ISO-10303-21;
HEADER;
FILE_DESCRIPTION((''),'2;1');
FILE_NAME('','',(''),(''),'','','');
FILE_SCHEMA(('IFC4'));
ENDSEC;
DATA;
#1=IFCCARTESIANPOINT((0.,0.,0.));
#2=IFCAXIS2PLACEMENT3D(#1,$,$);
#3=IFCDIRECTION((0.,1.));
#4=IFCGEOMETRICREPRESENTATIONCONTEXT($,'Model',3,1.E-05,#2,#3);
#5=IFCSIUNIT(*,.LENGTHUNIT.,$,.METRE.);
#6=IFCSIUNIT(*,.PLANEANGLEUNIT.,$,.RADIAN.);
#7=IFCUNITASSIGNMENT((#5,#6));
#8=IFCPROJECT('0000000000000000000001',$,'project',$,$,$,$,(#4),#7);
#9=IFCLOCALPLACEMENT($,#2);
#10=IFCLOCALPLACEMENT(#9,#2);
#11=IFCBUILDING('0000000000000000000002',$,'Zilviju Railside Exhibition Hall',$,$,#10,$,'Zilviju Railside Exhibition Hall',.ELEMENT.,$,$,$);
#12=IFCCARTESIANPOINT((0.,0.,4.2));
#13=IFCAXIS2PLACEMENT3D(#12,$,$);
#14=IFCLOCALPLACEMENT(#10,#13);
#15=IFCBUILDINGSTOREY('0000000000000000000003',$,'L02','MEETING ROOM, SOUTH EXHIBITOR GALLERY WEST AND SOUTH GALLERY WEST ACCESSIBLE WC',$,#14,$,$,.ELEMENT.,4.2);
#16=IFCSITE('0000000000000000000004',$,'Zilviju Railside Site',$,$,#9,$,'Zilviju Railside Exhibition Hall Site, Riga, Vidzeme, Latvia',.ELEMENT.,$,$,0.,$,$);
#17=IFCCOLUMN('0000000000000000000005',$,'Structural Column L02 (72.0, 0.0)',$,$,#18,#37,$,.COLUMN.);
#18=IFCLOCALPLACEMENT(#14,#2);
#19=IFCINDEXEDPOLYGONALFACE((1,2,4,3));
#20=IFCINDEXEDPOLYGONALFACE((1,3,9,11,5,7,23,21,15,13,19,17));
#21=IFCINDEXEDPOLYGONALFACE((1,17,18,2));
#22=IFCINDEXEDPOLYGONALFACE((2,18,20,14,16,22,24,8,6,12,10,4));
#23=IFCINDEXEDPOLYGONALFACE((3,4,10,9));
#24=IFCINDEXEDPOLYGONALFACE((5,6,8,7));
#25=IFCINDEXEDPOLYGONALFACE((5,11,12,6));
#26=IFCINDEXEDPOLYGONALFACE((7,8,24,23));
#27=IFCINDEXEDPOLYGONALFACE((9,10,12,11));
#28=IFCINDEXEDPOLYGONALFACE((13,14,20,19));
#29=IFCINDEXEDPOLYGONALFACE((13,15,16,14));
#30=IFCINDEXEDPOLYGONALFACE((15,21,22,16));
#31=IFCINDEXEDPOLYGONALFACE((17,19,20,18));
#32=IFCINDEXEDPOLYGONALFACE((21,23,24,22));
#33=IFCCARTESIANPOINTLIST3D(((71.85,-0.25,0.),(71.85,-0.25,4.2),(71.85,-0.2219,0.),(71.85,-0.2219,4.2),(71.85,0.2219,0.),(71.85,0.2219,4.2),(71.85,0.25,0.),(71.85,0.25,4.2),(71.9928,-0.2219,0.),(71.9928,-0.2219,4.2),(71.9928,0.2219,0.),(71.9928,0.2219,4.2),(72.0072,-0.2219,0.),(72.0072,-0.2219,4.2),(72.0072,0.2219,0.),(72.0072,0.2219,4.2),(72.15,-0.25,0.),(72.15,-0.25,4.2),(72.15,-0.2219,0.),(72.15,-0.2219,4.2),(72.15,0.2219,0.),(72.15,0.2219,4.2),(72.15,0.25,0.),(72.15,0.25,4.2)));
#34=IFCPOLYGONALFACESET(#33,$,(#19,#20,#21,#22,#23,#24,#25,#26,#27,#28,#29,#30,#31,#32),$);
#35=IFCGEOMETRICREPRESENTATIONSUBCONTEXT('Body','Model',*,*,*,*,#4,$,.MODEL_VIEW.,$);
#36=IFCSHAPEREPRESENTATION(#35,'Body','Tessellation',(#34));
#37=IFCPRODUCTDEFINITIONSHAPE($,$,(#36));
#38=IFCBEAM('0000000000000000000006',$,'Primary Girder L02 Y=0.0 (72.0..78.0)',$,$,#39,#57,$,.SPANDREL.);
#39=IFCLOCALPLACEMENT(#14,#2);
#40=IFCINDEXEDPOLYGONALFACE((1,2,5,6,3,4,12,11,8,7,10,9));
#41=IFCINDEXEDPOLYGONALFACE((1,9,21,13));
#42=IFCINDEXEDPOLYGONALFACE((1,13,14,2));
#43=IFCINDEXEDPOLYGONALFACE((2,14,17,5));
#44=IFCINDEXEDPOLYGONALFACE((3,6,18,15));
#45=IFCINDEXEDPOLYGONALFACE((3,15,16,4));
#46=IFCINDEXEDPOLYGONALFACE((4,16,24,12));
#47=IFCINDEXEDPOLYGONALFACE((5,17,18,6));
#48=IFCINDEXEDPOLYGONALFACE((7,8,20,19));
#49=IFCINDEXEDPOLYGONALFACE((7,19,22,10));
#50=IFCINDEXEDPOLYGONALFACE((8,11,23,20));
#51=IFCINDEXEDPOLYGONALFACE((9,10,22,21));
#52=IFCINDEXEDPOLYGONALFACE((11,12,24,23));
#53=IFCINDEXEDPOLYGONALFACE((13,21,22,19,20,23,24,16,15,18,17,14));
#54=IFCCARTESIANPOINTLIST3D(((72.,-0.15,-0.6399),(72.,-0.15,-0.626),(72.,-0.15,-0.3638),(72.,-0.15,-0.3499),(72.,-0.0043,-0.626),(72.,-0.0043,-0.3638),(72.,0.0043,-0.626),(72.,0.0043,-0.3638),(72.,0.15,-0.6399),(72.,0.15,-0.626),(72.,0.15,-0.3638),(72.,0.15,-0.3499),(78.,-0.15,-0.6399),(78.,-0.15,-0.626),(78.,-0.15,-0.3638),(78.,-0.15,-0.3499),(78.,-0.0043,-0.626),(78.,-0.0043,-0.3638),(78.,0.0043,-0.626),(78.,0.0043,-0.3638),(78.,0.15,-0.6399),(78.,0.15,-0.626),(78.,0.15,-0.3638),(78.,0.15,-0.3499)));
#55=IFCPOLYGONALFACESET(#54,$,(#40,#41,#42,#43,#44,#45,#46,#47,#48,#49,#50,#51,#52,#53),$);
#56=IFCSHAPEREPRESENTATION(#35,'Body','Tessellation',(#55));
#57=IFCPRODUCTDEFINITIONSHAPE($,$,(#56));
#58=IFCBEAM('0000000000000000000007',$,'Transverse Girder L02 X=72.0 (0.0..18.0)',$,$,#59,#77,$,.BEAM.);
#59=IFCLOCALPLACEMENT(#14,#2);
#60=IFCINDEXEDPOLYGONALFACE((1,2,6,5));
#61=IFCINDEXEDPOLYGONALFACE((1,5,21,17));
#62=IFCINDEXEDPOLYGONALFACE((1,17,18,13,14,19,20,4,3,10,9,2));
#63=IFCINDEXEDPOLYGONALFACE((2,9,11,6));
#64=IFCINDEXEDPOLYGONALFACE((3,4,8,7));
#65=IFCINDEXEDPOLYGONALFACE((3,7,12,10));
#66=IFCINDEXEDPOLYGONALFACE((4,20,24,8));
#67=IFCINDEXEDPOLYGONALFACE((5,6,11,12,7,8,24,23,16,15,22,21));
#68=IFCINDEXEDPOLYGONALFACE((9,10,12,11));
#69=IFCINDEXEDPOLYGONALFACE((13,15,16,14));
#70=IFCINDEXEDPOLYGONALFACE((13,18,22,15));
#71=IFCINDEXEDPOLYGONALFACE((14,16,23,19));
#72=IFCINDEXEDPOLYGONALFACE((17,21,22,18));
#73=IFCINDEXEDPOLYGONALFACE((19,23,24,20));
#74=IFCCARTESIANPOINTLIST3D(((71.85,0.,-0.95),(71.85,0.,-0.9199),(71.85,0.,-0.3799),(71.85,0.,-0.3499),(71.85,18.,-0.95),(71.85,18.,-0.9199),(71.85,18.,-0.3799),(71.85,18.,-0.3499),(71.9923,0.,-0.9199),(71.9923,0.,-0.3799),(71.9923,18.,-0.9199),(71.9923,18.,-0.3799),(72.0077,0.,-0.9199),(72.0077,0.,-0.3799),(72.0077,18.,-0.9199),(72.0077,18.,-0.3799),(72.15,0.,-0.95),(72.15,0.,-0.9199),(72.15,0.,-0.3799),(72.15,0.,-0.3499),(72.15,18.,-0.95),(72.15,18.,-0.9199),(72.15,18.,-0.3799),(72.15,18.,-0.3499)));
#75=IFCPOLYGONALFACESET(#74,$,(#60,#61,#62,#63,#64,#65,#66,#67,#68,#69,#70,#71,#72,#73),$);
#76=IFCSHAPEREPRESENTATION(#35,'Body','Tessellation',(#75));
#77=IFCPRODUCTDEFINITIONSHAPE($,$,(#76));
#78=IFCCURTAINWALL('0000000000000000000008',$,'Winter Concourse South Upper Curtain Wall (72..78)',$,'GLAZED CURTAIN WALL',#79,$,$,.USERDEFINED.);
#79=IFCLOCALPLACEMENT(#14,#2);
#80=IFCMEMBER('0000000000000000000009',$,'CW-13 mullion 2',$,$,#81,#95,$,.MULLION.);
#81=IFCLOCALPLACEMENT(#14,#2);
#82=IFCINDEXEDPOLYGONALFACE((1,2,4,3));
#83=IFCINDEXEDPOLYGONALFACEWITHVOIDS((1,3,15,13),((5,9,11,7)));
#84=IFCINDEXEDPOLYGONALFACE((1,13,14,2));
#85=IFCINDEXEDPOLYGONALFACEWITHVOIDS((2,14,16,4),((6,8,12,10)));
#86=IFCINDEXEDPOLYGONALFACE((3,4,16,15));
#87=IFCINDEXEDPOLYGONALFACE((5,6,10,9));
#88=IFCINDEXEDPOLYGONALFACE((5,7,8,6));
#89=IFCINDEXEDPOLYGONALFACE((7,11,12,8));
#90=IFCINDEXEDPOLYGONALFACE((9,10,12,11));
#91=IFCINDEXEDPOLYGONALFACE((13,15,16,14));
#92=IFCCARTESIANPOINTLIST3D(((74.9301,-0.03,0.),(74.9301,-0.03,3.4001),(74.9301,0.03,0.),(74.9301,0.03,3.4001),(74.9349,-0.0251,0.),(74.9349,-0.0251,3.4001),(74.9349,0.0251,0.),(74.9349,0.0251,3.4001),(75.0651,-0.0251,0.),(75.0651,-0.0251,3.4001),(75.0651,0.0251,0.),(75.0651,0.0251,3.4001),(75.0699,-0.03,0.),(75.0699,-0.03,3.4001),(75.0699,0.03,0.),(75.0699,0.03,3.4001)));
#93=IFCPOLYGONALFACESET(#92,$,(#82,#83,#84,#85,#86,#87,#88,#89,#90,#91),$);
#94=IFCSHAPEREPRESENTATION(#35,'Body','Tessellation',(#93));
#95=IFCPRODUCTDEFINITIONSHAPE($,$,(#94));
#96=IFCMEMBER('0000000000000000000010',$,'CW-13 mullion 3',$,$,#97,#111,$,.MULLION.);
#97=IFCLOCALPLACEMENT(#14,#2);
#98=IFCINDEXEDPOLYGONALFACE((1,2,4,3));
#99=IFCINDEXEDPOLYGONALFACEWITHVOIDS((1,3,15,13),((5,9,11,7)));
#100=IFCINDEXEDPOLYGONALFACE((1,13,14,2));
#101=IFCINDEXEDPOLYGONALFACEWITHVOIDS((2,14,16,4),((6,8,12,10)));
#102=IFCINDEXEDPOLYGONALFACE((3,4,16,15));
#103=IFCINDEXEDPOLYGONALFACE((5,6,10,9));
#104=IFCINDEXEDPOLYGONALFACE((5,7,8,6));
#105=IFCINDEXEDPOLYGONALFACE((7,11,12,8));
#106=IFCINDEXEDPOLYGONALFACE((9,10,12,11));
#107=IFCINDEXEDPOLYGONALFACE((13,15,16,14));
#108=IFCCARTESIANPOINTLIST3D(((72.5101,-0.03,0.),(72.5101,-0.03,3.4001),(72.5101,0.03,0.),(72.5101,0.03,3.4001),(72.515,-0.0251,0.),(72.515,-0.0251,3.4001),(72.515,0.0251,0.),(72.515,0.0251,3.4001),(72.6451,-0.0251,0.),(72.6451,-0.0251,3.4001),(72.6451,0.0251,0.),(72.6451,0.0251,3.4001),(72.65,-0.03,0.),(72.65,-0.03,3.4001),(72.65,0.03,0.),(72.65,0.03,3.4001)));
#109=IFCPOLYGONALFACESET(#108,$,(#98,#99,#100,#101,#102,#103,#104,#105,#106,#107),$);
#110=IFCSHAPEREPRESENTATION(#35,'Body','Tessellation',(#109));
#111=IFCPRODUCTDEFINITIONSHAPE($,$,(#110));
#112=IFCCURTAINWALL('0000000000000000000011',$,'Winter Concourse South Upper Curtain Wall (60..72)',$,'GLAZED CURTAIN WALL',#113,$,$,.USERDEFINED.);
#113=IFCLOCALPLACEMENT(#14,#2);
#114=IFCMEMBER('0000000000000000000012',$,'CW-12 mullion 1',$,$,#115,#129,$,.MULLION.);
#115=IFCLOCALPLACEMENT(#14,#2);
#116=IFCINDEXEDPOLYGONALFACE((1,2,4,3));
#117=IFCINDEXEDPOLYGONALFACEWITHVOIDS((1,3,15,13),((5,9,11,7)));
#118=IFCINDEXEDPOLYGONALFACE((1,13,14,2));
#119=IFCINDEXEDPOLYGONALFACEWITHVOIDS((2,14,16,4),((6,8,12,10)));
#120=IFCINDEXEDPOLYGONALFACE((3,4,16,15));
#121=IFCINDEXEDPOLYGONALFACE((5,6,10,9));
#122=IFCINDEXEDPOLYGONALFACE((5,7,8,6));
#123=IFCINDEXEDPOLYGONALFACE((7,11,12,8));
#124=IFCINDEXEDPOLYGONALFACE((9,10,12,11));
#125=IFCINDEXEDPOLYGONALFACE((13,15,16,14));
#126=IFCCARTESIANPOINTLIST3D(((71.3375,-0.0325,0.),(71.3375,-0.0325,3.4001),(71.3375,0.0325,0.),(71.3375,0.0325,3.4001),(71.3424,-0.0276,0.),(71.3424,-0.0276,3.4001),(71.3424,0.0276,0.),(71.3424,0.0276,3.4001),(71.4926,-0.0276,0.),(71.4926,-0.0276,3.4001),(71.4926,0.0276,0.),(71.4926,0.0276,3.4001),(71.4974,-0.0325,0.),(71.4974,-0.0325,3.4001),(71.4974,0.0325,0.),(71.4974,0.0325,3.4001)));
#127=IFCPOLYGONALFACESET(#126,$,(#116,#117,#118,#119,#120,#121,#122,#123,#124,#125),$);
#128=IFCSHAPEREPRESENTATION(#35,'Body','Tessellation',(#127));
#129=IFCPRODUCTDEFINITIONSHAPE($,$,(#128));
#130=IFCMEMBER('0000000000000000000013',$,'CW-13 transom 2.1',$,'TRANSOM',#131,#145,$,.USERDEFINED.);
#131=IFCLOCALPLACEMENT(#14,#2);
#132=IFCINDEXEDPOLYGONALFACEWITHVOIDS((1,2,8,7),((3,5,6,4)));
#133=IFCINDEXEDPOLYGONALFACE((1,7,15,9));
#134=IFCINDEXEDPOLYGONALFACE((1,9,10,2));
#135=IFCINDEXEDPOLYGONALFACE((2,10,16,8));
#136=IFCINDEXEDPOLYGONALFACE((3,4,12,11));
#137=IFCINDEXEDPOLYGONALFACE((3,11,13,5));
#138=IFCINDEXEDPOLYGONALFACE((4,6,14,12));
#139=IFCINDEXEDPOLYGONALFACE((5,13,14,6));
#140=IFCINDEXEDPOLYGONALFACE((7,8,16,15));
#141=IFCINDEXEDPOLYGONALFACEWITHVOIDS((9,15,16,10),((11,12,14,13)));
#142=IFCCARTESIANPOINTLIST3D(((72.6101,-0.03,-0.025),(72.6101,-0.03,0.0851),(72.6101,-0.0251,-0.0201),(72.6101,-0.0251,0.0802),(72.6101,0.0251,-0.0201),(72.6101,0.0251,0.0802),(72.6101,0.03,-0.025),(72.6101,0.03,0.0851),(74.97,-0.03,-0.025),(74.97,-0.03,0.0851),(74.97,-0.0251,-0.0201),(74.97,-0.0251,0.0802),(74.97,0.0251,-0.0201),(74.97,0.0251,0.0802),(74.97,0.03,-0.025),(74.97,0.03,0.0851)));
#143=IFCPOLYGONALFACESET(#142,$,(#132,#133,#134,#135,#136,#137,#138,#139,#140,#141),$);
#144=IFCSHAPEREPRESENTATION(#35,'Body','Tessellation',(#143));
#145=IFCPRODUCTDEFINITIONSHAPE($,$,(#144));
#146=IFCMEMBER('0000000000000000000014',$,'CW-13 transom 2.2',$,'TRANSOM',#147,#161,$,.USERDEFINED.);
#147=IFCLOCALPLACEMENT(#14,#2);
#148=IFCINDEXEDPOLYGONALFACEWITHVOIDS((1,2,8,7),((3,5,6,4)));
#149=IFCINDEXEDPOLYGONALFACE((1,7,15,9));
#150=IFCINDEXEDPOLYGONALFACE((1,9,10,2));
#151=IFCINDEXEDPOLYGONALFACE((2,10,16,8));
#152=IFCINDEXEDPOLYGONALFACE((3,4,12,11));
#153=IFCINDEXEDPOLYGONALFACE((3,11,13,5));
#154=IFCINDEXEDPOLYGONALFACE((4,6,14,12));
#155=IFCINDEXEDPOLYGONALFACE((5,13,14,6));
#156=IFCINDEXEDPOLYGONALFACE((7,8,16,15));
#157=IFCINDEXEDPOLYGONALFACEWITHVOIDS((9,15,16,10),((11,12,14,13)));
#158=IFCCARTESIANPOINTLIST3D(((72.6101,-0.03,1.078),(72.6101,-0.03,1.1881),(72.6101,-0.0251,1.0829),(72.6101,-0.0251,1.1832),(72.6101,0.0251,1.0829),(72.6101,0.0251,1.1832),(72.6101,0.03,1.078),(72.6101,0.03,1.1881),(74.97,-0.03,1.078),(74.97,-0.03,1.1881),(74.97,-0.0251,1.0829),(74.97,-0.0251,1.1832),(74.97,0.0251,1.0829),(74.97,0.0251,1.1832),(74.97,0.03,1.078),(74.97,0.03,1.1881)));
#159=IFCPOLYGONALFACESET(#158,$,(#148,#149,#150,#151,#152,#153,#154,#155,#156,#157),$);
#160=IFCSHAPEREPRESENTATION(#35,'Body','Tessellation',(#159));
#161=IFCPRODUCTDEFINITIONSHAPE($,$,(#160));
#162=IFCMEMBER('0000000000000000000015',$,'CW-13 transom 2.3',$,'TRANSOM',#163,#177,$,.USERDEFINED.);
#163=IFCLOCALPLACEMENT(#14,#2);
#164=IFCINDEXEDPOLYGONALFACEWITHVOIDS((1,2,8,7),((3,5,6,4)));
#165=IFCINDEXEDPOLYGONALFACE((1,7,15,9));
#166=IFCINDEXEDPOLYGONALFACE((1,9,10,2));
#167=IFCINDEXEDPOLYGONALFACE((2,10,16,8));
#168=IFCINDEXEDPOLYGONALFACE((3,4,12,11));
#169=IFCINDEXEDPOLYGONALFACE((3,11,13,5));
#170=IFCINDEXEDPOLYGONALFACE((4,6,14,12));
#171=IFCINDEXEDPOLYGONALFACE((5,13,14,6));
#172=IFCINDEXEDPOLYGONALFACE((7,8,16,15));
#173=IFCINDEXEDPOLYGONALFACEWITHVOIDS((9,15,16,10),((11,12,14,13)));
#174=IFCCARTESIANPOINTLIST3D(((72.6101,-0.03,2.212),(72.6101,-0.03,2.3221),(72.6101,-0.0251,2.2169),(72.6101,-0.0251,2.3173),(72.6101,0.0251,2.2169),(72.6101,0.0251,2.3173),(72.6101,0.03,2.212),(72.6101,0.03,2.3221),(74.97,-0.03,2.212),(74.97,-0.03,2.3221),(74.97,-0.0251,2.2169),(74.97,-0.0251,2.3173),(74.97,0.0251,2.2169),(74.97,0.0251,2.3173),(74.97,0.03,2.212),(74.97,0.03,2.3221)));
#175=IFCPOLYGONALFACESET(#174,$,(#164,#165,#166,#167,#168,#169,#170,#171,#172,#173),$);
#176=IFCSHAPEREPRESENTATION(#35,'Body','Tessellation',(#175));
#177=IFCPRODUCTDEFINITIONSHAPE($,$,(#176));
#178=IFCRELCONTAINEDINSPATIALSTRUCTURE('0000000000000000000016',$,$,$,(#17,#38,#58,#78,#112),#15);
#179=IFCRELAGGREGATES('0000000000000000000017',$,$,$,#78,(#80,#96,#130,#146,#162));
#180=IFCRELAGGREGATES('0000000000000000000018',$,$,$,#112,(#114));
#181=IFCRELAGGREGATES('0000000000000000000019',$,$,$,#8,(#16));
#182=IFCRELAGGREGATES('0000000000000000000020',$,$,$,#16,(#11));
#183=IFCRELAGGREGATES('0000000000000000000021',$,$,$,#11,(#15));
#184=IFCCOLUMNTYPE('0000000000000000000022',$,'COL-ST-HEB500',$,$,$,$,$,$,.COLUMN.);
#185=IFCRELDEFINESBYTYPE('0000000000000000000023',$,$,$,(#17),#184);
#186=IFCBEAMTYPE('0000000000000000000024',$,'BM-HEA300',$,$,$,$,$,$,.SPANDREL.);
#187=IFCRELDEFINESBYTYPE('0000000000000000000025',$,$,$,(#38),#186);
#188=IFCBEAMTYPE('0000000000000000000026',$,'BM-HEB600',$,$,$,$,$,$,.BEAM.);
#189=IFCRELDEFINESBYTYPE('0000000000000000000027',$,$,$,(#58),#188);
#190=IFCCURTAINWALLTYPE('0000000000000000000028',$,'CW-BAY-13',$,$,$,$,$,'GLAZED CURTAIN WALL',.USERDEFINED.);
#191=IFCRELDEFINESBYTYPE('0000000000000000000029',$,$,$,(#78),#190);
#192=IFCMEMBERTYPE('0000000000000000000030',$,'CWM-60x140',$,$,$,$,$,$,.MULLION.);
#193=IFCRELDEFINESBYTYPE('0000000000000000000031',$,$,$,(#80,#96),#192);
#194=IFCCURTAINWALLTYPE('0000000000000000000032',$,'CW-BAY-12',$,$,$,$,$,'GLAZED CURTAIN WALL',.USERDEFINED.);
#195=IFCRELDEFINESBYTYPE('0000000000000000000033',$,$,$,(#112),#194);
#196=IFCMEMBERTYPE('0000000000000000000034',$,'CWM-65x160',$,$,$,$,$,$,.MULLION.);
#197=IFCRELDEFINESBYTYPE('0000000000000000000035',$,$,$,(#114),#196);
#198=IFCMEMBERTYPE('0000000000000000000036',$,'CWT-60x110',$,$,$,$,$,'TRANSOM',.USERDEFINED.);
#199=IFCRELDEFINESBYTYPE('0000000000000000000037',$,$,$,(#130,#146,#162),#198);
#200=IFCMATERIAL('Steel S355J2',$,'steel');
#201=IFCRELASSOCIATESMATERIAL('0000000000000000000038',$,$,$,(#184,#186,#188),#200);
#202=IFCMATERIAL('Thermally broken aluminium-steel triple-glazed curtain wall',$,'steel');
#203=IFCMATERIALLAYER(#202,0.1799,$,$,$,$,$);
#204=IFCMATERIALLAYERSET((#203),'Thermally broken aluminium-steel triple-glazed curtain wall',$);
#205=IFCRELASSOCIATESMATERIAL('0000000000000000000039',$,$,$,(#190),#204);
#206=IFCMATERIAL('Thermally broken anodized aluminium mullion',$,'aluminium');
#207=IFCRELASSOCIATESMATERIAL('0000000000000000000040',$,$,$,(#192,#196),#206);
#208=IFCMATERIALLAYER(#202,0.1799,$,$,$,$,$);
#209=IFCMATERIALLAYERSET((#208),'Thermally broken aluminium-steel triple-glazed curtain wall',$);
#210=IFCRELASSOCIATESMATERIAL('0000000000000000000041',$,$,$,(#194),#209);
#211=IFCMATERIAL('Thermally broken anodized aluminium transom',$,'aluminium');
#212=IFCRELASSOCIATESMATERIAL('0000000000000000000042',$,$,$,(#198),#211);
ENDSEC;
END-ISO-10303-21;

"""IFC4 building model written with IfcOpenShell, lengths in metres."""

from ifc_helpers import new_model, si_unit, direction, frame, origin, origin_2d, place, context, subcontext, project, spatial, hollow_rectangle, i_section, extrude, material, layer, layer_set, material_profile, profile_set, type_object, element, aggregate, save


model = new_model("IFC4")

# Units and contexts
model_context = context("Model", 3, precision=1e-05, world=origin(), true_north=direction((0.0, 1.0)))
body_context = subcontext(model_context, "Body", "Model", "MODEL_VIEW")
ifc_project = project(units=[si_unit("LENGTHUNIT", "METRE"), si_unit("PLANEANGLEUNIT", "RADIAN")], contexts=[model_context])

# Site, building, storey
site_placement = place(None, origin())
site = spatial("IfcSite", under=ifc_project, at=site_placement, Name="Zilviju Railside Site", LongName="Zilviju Railside Exhibition Hall Site, Riga, Vidzeme, Latvia", CompositionType="ELEMENT", RefElevation=0.0)
building_placement = place(site_placement, origin())
building = spatial("IfcBuilding", under=site, at=building_placement, Name="Zilviju Railside Exhibition Hall", LongName="Zilviju Railside Exhibition Hall", CompositionType="ELEMENT")
storey_placement = place(building_placement, frame((0.0, 0.0, 4.2)))
storey = spatial("IfcBuildingStorey", under=building, at=storey_placement, Name="L02", Description="MEETING ROOM, SOUTH EXHIBITOR GALLERY WEST AND SOUTH GALLERY WEST ACCESSIBLE WC", CompositionType="ELEMENT", Elevation=4.2)

# Column
ifc_material_1 = material(Name="Steel S355J2", Category="steel")
ifc_material_profile_1 = material_profile(ifc_material_1, i_section(OverallWidth=0.3, OverallDepth=0.5, WebThickness=0.0144, FlangeThickness=0.0281, at=origin_2d()), Name="HEB 500")
ifc_profile_set_1 = profile_set([ifc_material_profile_1], Name="Steel S355J2")
column_type = type_object("IfcColumnType", Name="COL-ST-HEB500", PredefinedType="COLUMN", material=ifc_profile_set_1)
column_placement = place(storey_placement, frame((72.0, 0.0, 0.0), z_axis=(0.0, 0.0, 1.0), x_axis=(1.0, 0.0, 0.0)))
element("IfcColumn", 1, at=column_placement, inside=storey, type_object=column_type, Name="Structural Column L02 (72.0, 0.0)", PredefinedType="COLUMN", context=body_context, shape_type="SweptSolid", body=[
    extrude(i_section(OverallWidth=0.3, OverallDepth=0.5, WebThickness=0.0144, FlangeThickness=0.0281, at=origin_2d()), origin(), (0.0, 0.0, 1.0), 4.2),
])

# Beams
ifc_material_profile_2 = material_profile(ifc_material_1, i_section(OverallWidth=0.3, OverallDepth=0.29, WebThickness=0.0085, FlangeThickness=0.0139, at=origin_2d()), Name="HEA 300")
ifc_profile_set_2 = profile_set([ifc_material_profile_2], Name="Steel S355J2")
beam_type_1 = type_object("IfcBeamType", Name="BM-HEA300", PredefinedType="SPANDREL", material=ifc_profile_set_2)
beam_1_placement = place(storey_placement, frame((72.0, 0.0, -0.4949), z_axis=(1.0, 0.0, 0.0), x_axis=(0.0, 1.0, 0.0)))
element("IfcBeam", 2, at=beam_1_placement, inside=storey, type_object=beam_type_1, Name="Primary Girder L02 Y=0.0 (72.0..78.0)", PredefinedType="SPANDREL", context=body_context, shape_type="SweptSolid", body=[
    extrude(i_section(OverallWidth=0.3, OverallDepth=0.29, WebThickness=0.0085, FlangeThickness=0.0139, at=origin_2d()), origin(), (0.0, 0.0, 1.0), 6.0),
])
ifc_material_profile_3 = material_profile(ifc_material_1, i_section(OverallWidth=0.3, OverallDepth=0.6001, WebThickness=0.0154, FlangeThickness=0.03, at=origin_2d()), Name="HEB 600")
ifc_profile_set_3 = profile_set([ifc_material_profile_3], Name="Steel S355J2")
beam_type_2 = type_object("IfcBeamType", Name="BM-HEB600", PredefinedType="BEAM", material=ifc_profile_set_3)
beam_2_placement = place(storey_placement, frame((72.0, 0.0, -0.6499), z_axis=(0.0, 1.0, 0.0), x_axis=(-1.0, 0.0, 0.0)))
element("IfcBeam", 3, at=beam_2_placement, inside=storey, type_object=beam_type_2, Name="Transverse Girder L02 X=72.0 (0.0..18.0)", PredefinedType="BEAM", context=body_context, shape_type="SweptSolid", body=[
    extrude(i_section(OverallWidth=0.3, OverallDepth=0.6001, WebThickness=0.0154, FlangeThickness=0.03, at=origin_2d()), origin(), (0.0, 0.0, 1.0), 18.0),
])

# Curtain wall, members
ifc_material_2 = material(Name="Thermally broken aluminium-steel triple-glazed curtain wall", Category="steel")
ifc_layer_1 = layer(ifc_material_2, 0.1799)
ifc_layer_set_1 = layer_set([ifc_layer_1], Name="Thermally broken aluminium-steel triple-glazed curtain wall")
curtain_wall_type_1 = type_object("IfcCurtainWallType", Name="CW-BAY-13", ElementType="GLAZED CURTAIN WALL", PredefinedType="USERDEFINED", material=ifc_layer_set_1)
curtain_wall_1_placement = place(storey_placement, origin())
curtain_wall_1 = element("IfcCurtainWall", 4, at=curtain_wall_1_placement, inside=storey, type_object=curtain_wall_type_1, Name="Winter Concourse South Upper Curtain Wall (72..78)", ObjectType="GLAZED CURTAIN WALL", PredefinedType="USERDEFINED")
ifc_material_3 = material(Name="Thermally broken anodized aluminium mullion", Category="aluminium")
ifc_material_profile_4 = material_profile(ifc_material_3, hollow_rectangle(XDim=0.0601, YDim=0.1399, WallThickness=0.0049, at=origin_2d()), Name="MULLION 140x60x5")
ifc_profile_set_4 = profile_set([ifc_material_profile_4], Name="Thermally broken anodized aluminium mullion")
member_type_1 = type_object("IfcMemberType", Name="CWM-60x140", PredefinedType="MULLION", material=ifc_profile_set_4)
member_1_placement = place(storey_placement, frame((75.0, 0.0, 0.0), z_axis=(0.0, 0.0, 1.0), x_axis=(0.0, -1.0, 0.0)))
member_1 = element("IfcMember", 5, at=member_1_placement, type_object=member_type_1, Name="CW-13 mullion 2", PredefinedType="MULLION", context=body_context, shape_type="SweptSolid", body=[
    extrude(hollow_rectangle(XDim=0.0601, YDim=0.1399, WallThickness=0.0049, at=origin_2d()), origin(), (0.0, 0.0, 1.0), 3.4001),
])
member_2_placement = place(storey_placement, frame((72.5801, 0.0, 0.0), z_axis=(0.0, 0.0, 1.0), x_axis=(0.0, -1.0, 0.0)))
member_2 = element("IfcMember", 6, at=member_2_placement, type_object=member_type_1, Name="CW-13 mullion 3", PredefinedType="MULLION", context=body_context, shape_type="SweptSolid", body=[
    extrude(hollow_rectangle(XDim=0.0601, YDim=0.1399, WallThickness=0.0049, at=origin_2d()), origin(), (0.0, 0.0, 1.0), 3.4001),
])

# Curtain wall, member
ifc_layer_2 = layer(ifc_material_2, 0.1799)
ifc_layer_set_2 = layer_set([ifc_layer_2], Name="Thermally broken aluminium-steel triple-glazed curtain wall")
curtain_wall_type_2 = type_object("IfcCurtainWallType", Name="CW-BAY-12", ElementType="GLAZED CURTAIN WALL", PredefinedType="USERDEFINED", material=ifc_layer_set_2)
curtain_wall_2_placement = place(storey_placement, origin())
curtain_wall_2 = element("IfcCurtainWall", 7, at=curtain_wall_2_placement, inside=storey, type_object=curtain_wall_type_2, Name="Winter Concourse South Upper Curtain Wall (60..72)", ObjectType="GLAZED CURTAIN WALL", PredefinedType="USERDEFINED")
ifc_material_profile_5 = material_profile(ifc_material_3, hollow_rectangle(XDim=0.0649, YDim=0.1599, WallThickness=0.0049, at=origin_2d()), Name="MULLION 160x65x5")
ifc_profile_set_5 = profile_set([ifc_material_profile_5], Name="Thermally broken anodized aluminium mullion")
member_type_2 = type_object("IfcMemberType", Name="CWM-65x160", PredefinedType="MULLION", material=ifc_profile_set_5)
member_3_placement = place(storey_placement, frame((71.4175, 0.0, 0.0), z_axis=(0.0, 0.0, 1.0), x_axis=(0.0, -1.0, 0.0)))
member_3 = element("IfcMember", 8, at=member_3_placement, type_object=member_type_2, Name="CW-12 mullion 1", PredefinedType="MULLION", context=body_context, shape_type="SweptSolid", body=[
    extrude(hollow_rectangle(XDim=0.0649, YDim=0.1599, WallThickness=0.0049, at=origin_2d()), origin(), (0.0, 0.0, 1.0), 3.4001),
])

# Members
ifc_material_4 = material(Name="Thermally broken anodized aluminium transom", Category="aluminium")
ifc_material_profile_6 = material_profile(ifc_material_4, hollow_rectangle(XDim=0.0601, YDim=0.1101, WallThickness=0.0049, at=origin_2d()), Name="TRANSOM 110x60x5")
ifc_profile_set_6 = profile_set([ifc_material_profile_6], Name="Thermally broken anodized aluminium transom")
member_type_3 = type_object("IfcMemberType", Name="CWT-60x110", ElementType="TRANSOM", PredefinedType="USERDEFINED", material=ifc_profile_set_6)
member_4_placement = place(storey_placement, frame((74.97, 0.0, 0.03), z_axis=(-1.0, 0.0, 0.0), x_axis=(0.0, -1.0, 0.0)))
member_4 = element("IfcMember", 9, at=member_4_placement, type_object=member_type_3, Name="CW-13 transom 2.1", ObjectType="TRANSOM", PredefinedType="USERDEFINED", context=body_context, shape_type="SweptSolid", body=[
    extrude(hollow_rectangle(XDim=0.0601, YDim=0.1101, WallThickness=0.0049, at=origin_2d()), origin(), (0.0, 0.0, 1.0), 2.3599),
])
member_5_placement = place(storey_placement, frame((74.97, 0.0, 1.1331), z_axis=(-1.0, 0.0, 0.0), x_axis=(0.0, -1.0, 0.0)))
member_5 = element("IfcMember", 10, at=member_5_placement, type_object=member_type_3, Name="CW-13 transom 2.2", ObjectType="TRANSOM", PredefinedType="USERDEFINED", context=body_context, shape_type="SweptSolid", body=[
    extrude(hollow_rectangle(XDim=0.0601, YDim=0.1101, WallThickness=0.0049, at=origin_2d()), origin(), (0.0, 0.0, 1.0), 2.3599),
])
member_6_placement = place(storey_placement, frame((74.97, 0.0, 2.2671), z_axis=(-1.0, 0.0, 0.0), x_axis=(0.0, -1.0, 0.0)))
member_6 = element("IfcMember", 11, at=member_6_placement, type_object=member_type_3, Name="CW-13 transom 2.3", ObjectType="TRANSOM", PredefinedType="USERDEFINED", context=body_context, shape_type="SweptSolid", body=[
    extrude(hollow_rectangle(XDim=0.0601, YDim=0.1101, WallThickness=0.0049, at=origin_2d()), origin(), (0.0, 0.0, 1.0), 2.3599),
])

aggregate(curtain_wall_1, [member_1, member_2, member_4, member_5, member_6])
aggregate(curtain_wall_2, [member_3])

save(model, "model.ifc")
